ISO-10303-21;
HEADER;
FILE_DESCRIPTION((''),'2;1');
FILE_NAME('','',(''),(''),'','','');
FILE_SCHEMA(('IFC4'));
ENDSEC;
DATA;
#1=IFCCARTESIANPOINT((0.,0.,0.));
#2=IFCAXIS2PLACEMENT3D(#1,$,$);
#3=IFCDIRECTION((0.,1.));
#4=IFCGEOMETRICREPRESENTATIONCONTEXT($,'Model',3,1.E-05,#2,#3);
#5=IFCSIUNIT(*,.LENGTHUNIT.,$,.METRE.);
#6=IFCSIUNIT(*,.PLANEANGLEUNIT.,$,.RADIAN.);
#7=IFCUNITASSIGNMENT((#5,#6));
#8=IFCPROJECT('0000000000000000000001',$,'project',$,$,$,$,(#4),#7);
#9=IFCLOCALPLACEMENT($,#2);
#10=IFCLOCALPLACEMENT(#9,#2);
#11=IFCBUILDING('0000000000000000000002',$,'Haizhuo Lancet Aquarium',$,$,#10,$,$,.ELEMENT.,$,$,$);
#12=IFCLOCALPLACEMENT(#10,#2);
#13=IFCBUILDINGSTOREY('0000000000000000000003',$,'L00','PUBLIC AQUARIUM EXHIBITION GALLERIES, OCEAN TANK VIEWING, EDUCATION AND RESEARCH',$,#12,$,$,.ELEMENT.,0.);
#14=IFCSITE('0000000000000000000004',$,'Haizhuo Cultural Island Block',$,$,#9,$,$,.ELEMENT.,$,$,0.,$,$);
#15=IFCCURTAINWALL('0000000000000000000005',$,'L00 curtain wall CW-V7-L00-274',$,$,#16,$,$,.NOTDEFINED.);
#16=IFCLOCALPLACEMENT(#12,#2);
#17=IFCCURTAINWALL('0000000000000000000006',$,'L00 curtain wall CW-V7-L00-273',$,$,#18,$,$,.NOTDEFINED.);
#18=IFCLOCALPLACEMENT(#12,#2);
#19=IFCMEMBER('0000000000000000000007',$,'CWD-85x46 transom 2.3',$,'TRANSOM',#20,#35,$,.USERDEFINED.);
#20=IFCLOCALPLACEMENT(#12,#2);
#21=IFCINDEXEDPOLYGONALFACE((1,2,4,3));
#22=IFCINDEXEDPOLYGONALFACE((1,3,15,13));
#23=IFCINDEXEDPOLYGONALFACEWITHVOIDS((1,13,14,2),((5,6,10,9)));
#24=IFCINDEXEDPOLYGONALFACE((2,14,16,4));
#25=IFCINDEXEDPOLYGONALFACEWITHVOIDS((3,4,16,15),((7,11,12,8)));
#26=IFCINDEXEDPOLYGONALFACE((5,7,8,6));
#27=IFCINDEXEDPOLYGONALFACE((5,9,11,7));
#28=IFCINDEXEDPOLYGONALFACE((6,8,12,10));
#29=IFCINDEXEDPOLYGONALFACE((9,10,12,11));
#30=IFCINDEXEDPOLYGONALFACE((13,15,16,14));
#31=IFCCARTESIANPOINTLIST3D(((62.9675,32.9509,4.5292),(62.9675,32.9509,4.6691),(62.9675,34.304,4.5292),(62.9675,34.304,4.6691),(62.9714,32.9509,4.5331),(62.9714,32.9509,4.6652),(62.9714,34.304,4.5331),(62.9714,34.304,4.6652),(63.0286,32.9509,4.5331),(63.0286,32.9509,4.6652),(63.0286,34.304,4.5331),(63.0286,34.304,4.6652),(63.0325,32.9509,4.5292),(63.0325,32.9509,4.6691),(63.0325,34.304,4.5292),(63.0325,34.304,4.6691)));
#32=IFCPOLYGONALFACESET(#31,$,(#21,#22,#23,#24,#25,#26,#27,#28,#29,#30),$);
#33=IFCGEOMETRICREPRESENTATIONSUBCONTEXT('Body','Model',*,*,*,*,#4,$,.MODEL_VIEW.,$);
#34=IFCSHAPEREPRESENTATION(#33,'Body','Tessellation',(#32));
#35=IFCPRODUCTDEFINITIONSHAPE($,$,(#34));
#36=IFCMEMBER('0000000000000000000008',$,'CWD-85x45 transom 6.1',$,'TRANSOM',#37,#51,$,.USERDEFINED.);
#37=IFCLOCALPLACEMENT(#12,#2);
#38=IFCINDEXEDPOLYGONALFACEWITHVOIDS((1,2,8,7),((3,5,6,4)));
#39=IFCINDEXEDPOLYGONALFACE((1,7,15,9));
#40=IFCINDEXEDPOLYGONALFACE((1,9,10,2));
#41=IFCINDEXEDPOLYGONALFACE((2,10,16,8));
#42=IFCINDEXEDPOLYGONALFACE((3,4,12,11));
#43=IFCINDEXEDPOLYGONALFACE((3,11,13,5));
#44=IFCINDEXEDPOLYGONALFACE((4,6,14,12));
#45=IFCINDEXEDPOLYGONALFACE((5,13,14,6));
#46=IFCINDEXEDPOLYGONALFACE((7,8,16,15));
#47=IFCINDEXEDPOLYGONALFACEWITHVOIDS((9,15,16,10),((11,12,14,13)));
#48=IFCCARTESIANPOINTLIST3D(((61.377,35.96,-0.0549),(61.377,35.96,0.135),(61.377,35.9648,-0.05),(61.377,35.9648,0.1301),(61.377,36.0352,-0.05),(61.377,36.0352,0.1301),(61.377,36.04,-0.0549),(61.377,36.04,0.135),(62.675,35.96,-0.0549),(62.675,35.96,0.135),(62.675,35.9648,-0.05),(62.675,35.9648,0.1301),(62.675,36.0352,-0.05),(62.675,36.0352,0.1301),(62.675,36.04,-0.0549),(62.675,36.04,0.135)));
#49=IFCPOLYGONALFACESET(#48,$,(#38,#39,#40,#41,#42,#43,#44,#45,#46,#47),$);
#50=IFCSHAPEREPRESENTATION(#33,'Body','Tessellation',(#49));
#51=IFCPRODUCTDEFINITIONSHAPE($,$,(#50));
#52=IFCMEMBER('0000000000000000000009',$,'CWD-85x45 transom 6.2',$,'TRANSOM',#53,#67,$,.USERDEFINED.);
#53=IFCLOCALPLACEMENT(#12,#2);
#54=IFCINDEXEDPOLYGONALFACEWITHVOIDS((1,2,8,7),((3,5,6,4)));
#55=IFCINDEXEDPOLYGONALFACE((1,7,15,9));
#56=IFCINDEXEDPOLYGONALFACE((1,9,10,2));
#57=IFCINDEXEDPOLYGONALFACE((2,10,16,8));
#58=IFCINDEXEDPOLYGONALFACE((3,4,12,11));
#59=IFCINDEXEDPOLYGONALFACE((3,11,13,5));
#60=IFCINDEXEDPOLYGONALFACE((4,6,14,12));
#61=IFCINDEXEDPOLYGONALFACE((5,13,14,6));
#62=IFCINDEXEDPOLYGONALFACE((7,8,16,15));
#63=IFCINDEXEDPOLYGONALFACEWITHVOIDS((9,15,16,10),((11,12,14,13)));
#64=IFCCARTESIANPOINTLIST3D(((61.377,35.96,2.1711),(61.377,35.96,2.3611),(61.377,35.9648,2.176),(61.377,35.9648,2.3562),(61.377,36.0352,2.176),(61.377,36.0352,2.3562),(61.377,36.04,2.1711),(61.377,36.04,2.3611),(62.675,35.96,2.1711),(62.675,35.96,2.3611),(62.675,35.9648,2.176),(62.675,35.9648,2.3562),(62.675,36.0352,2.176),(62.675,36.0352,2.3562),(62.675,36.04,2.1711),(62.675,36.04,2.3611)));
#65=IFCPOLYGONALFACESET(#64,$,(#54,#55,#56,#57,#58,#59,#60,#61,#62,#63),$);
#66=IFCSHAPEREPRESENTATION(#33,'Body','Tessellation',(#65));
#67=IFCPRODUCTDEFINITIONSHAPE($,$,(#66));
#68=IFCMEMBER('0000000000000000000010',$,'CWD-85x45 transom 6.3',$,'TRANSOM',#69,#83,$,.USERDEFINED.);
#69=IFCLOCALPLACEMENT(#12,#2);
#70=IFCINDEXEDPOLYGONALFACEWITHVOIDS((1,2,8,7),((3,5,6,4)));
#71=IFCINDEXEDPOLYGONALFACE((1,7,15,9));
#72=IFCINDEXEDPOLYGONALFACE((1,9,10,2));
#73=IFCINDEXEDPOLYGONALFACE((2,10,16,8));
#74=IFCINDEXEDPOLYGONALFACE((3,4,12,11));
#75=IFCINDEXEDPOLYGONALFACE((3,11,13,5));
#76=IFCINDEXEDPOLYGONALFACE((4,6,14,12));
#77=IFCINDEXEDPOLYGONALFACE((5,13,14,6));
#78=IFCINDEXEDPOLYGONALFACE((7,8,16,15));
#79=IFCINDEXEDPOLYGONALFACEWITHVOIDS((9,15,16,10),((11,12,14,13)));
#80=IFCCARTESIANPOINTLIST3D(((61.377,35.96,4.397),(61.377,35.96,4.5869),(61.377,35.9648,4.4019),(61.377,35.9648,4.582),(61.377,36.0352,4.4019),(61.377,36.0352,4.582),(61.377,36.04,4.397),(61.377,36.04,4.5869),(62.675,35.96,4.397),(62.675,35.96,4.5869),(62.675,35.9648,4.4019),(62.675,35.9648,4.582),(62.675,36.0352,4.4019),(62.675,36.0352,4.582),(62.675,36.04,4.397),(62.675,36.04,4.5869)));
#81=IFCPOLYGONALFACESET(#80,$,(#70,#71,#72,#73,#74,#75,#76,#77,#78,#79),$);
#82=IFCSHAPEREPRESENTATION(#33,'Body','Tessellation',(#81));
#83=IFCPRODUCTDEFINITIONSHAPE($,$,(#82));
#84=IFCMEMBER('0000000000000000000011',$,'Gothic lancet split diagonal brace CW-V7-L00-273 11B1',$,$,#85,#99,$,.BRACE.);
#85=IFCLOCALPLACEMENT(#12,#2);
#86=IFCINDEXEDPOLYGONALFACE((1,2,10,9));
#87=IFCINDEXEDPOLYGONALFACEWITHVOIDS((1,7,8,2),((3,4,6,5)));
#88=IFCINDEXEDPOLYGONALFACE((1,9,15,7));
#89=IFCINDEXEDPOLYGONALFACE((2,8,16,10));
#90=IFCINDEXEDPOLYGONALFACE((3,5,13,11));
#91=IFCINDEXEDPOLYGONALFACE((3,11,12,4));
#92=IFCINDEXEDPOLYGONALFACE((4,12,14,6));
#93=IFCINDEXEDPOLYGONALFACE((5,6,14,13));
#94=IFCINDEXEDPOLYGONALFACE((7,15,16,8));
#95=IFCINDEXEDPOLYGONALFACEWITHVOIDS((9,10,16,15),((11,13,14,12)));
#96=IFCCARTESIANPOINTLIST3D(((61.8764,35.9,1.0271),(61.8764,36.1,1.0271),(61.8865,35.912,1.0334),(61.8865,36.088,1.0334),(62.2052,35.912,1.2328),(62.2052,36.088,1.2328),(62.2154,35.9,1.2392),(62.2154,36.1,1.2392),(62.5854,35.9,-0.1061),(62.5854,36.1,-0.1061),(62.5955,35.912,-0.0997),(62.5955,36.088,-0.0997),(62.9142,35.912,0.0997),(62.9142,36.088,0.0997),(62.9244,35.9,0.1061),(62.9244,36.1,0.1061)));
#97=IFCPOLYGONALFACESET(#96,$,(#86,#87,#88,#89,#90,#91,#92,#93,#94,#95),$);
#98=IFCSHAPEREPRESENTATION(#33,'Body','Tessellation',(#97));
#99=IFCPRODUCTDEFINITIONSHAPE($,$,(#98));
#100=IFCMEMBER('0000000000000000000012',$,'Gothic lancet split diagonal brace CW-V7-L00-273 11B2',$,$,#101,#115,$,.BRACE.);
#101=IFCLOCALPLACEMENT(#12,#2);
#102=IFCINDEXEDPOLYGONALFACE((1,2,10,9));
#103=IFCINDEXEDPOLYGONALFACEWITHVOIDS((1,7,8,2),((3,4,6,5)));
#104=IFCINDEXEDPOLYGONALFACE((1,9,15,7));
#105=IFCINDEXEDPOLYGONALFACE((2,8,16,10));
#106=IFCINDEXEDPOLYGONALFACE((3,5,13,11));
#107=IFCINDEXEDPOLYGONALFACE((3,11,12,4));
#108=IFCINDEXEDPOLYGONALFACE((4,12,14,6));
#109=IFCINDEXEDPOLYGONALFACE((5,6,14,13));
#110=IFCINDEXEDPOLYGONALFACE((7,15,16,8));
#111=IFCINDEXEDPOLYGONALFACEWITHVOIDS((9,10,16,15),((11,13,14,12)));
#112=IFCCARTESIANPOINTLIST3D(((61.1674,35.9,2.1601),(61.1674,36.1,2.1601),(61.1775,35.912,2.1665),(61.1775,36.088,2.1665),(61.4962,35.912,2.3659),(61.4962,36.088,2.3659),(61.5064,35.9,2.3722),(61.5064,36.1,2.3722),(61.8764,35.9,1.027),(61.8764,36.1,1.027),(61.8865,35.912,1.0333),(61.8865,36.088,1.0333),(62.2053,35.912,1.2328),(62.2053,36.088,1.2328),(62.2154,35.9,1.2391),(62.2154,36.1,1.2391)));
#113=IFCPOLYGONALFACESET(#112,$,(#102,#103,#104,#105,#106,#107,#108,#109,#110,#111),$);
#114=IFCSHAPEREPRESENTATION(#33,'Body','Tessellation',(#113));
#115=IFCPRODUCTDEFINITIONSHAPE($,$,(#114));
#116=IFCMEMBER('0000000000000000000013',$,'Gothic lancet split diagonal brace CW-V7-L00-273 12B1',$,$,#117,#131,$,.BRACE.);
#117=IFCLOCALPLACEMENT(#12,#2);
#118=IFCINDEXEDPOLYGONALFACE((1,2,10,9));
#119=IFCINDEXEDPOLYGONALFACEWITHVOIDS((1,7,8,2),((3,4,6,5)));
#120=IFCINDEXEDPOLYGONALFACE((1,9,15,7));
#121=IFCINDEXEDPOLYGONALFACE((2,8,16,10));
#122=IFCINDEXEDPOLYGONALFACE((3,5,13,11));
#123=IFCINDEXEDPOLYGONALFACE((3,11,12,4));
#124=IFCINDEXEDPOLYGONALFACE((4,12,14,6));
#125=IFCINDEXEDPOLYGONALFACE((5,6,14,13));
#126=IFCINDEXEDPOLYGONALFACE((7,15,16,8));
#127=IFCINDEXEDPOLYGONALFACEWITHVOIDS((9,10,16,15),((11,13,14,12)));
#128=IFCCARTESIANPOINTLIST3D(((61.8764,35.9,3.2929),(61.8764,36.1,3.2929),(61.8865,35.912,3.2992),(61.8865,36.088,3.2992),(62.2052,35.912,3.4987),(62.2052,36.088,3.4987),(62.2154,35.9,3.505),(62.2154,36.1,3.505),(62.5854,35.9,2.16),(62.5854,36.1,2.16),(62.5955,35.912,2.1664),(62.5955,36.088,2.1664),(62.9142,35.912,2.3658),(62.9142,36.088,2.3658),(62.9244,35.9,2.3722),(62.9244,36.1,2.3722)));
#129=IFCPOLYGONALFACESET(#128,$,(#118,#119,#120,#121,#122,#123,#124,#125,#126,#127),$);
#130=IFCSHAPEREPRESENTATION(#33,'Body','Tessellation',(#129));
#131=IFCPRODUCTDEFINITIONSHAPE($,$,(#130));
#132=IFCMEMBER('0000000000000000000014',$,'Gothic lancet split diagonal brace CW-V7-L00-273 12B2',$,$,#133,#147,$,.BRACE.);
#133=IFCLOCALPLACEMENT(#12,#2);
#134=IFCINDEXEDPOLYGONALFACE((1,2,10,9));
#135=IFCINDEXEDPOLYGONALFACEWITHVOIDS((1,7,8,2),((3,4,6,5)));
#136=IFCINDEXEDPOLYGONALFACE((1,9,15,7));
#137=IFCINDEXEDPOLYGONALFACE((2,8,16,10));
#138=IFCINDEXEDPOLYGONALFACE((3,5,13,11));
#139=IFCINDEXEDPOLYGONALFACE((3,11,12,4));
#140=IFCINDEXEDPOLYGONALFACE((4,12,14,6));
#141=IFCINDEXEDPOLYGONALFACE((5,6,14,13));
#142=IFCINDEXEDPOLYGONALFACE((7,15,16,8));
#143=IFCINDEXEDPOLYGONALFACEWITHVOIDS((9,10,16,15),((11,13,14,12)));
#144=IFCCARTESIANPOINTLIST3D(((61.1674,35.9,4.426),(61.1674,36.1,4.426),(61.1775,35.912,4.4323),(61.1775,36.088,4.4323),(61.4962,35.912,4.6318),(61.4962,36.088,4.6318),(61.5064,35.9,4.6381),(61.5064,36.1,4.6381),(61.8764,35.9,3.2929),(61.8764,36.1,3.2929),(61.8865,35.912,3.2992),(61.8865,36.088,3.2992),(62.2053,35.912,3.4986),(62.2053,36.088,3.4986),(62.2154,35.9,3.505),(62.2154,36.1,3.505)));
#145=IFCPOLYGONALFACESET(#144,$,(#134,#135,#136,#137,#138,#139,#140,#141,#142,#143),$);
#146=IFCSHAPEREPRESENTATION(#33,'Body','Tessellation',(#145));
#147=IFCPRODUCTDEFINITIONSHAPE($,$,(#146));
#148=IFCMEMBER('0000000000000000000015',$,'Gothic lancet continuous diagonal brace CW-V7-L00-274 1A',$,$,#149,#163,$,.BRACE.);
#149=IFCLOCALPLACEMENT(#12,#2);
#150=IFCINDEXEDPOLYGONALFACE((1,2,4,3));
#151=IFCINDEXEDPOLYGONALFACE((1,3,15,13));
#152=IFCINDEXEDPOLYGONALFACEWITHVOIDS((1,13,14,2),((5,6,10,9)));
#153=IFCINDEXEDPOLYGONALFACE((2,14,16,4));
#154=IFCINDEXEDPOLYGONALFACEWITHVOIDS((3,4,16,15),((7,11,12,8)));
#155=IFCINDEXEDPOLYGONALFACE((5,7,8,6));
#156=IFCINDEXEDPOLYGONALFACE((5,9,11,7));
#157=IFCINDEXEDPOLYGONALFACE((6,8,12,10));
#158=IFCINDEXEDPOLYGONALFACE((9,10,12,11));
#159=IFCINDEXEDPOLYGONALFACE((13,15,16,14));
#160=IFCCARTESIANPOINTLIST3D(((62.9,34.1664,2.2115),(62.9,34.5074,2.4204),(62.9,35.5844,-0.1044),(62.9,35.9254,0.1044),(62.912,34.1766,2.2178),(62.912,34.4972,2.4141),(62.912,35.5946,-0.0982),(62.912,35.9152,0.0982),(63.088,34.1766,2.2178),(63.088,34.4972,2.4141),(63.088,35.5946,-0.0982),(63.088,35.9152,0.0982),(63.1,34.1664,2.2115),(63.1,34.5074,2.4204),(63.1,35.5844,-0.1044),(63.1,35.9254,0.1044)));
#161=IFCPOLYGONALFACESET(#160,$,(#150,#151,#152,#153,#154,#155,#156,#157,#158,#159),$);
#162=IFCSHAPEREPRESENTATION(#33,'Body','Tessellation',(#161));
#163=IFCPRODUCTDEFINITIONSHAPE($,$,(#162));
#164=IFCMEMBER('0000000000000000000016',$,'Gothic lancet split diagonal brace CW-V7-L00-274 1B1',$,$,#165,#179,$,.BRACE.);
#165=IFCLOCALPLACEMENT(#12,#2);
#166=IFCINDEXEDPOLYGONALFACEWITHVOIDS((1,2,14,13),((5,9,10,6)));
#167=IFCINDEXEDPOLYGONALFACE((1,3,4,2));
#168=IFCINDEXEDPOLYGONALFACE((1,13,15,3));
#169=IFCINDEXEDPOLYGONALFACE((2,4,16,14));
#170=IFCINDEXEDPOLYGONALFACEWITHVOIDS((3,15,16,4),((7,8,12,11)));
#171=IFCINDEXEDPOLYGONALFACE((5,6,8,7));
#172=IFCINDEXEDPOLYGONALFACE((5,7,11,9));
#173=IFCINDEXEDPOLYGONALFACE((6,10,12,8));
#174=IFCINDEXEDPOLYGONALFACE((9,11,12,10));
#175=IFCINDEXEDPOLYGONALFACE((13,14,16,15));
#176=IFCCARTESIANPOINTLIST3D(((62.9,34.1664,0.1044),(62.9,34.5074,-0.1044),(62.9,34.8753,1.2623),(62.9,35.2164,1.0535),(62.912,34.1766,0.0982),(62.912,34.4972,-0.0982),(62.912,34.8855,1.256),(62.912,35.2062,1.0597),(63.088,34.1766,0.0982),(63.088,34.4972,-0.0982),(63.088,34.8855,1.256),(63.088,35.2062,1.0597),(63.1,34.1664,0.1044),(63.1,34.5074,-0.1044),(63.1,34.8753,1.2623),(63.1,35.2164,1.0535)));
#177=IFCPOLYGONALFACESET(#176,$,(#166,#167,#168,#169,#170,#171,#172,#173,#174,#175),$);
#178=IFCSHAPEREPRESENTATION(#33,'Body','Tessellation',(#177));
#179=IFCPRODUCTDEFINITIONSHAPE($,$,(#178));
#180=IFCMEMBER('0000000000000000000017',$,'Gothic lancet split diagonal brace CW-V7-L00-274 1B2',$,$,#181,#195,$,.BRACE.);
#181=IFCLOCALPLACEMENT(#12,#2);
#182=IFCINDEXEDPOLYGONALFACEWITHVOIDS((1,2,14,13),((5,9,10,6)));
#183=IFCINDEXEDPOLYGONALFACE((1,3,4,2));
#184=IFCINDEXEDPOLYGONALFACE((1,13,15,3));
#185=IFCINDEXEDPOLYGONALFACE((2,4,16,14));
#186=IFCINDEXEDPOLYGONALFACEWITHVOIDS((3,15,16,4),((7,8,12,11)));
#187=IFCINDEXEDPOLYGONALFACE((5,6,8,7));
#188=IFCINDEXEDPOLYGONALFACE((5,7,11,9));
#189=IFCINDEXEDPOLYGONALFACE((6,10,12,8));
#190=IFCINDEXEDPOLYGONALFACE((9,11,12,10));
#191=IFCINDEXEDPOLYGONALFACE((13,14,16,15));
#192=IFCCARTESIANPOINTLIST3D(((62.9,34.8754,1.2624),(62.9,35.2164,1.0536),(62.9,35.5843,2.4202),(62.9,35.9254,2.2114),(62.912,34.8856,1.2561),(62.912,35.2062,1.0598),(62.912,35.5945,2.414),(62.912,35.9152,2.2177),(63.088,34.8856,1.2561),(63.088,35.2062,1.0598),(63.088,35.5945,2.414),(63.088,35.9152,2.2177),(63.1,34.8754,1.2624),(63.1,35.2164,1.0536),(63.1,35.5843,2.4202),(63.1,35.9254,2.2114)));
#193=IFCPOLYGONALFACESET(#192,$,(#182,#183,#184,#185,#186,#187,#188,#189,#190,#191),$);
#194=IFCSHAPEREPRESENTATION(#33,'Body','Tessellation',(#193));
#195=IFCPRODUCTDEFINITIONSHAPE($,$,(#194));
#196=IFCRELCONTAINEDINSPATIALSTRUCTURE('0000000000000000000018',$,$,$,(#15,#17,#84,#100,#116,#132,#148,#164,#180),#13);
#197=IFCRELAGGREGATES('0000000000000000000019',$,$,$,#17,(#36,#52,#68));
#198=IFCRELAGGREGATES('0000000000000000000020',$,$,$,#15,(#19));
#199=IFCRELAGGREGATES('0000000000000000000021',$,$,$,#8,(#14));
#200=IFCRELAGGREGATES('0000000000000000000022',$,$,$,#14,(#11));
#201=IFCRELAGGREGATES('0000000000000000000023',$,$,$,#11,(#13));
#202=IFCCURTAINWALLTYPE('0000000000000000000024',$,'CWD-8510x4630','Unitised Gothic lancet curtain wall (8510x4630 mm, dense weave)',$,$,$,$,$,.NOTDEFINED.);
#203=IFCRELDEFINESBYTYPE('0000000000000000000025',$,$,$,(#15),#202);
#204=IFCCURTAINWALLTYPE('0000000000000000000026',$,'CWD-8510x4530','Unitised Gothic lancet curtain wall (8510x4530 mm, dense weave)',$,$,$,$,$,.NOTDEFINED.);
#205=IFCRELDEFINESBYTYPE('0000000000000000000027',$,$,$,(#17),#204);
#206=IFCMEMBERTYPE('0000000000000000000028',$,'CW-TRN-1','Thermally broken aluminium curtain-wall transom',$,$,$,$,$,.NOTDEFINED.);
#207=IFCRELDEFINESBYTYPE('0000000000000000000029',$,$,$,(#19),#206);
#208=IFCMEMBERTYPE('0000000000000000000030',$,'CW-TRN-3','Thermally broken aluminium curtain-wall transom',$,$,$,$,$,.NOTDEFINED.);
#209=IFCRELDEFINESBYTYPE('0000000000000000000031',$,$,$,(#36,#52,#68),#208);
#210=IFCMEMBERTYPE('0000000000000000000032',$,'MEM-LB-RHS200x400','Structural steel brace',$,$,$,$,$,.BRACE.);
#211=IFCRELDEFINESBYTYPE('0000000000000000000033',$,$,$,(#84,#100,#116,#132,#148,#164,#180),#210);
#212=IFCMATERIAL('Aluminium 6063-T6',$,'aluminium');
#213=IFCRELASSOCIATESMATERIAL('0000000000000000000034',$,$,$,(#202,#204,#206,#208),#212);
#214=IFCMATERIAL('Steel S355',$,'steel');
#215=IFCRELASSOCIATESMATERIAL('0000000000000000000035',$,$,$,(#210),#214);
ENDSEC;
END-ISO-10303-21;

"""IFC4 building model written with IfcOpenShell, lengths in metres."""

from ifc_helpers import new_model, si_unit, direction, frame, origin, origin_2d, place, context, subcontext, project, spatial, hollow_rectangle, extrude, material, material_profile, profile_set, type_object, element, aggregate, save


model = new_model("IFC4")

# Units and contexts
model_context = context("Model", 3, precision=1e-05, world=origin(), true_north=direction((0.0, 1.0)))
body_context = subcontext(model_context, "Body", "Model", "MODEL_VIEW")
ifc_project = project(units=[si_unit("LENGTHUNIT", "METRE"), si_unit("PLANEANGLEUNIT", "RADIAN")], contexts=[model_context])

# Site, building, storey
site_placement = place(None, origin())
site = spatial("IfcSite", under=ifc_project, at=site_placement, Name="Haizhuo Cultural Island Block", CompositionType="ELEMENT", RefElevation=0.0)
building_placement = place(site_placement, origin())
building = spatial("IfcBuilding", under=site, at=building_placement, Name="Haizhuo Lancet Aquarium", CompositionType="ELEMENT")
storey_placement = place(building_placement, origin())
storey = spatial("IfcBuildingStorey", under=building, at=storey_placement, Name="L00", Description="PUBLIC AQUARIUM EXHIBITION GALLERIES, OCEAN TANK VIEWING, EDUCATION AND RESEARCH", CompositionType="ELEMENT", Elevation=0.0)

# Shared definitions
ifc_material_1 = material(Name="Steel S355", Category="steel")

# Curtain wall
ifc_material_2 = material(Name="Aluminium 6063-T6", Category="aluminium")
curtain_wall_type_1 = type_object("IfcCurtainWallType", Name="CWD-8510x4630", Description="Unitised Gothic lancet curtain wall (8510x4630 mm, dense weave)", PredefinedType="NOTDEFINED", material=ifc_material_2)
curtain_wall_1_placement = place(storey_placement, origin())
curtain_wall_1 = element("IfcCurtainWall", 1, at=curtain_wall_1_placement, inside=storey, type_object=curtain_wall_type_1, Name="L00 curtain wall CW-V7-L00-274", PredefinedType="NOTDEFINED")

# Curtain wall
curtain_wall_type_2 = type_object("IfcCurtainWallType", Name="CWD-8510x4530", Description="Unitised Gothic lancet curtain wall (8510x4530 mm, dense weave)", PredefinedType="NOTDEFINED", material=ifc_material_2)
curtain_wall_2_placement = place(storey_placement, origin())
curtain_wall_2 = element("IfcCurtainWall", 2, at=curtain_wall_2_placement, inside=storey, type_object=curtain_wall_type_2, Name="L00 curtain wall CW-V7-L00-273", PredefinedType="NOTDEFINED")

# Members
ifc_material_profile_1 = material_profile(ifc_material_2, hollow_rectangle(XDim=0.0649, YDim=0.1399, WallThickness=0.0039, at=origin_2d()), Name="ALU-T 65x140x4")
ifc_profile_set_1 = profile_set([ifc_material_profile_1], Name="Aluminium 6063-T6")
member_type_1 = type_object("IfcMemberType", Name="CW-TRN-1", Description="Thermally broken aluminium curtain-wall transom", PredefinedType="NOTDEFINED", material=ifc_profile_set_1)
member_1_placement = place(storey_placement, frame((63.0, 34.304, 4.5991), z_axis=(0.0, -1.0, 0.0), x_axis=(1.0, 0.0, 0.0)))
member_1 = element("IfcMember", 3, at=member_1_placement, type_object=member_type_1, Name="CWD-85x46 transom 2.3", ObjectType="TRANSOM", PredefinedType="USERDEFINED", context=body_context, shape_type="SweptSolid", body=[
    extrude(hollow_rectangle(XDim=0.0649, YDim=0.1399, WallThickness=0.0039, at=origin_2d()), origin(), (0.0, 0.0, 1.0), 1.353),
])
ifc_material_profile_2 = material_profile(ifc_material_2, hollow_rectangle(XDim=0.0801, YDim=0.1899, WallThickness=0.0049, at=origin_2d()), Name="ALU-T 80x190x5")
ifc_profile_set_2 = profile_set([ifc_material_profile_2], Name="Aluminium 6063-T6")
member_type_2 = type_object("IfcMemberType", Name="CW-TRN-3", Description="Thermally broken aluminium curtain-wall transom", PredefinedType="NOTDEFINED", material=ifc_profile_set_2)
member_2_placement = place(storey_placement, frame((61.377, 36.0, 0.04), z_axis=(1.0, 0.0, 0.0), x_axis=(0.0, 1.0, 0.0)))
member_2 = element("IfcMember", 4, at=member_2_placement, type_object=member_type_2, Name="CWD-85x45 transom 6.1", ObjectType="TRANSOM", PredefinedType="USERDEFINED", context=body_context, shape_type="SweptSolid", body=[
    extrude(hollow_rectangle(XDim=0.0801, YDim=0.1899, WallThickness=0.0049, at=origin_2d()), origin(), (0.0, 0.0, 1.0), 1.2981),
])
member_3_placement = place(storey_placement, frame((61.377, 36.0, 2.2661), z_axis=(1.0, 0.0, 0.0), x_axis=(0.0, 1.0, 0.0)))
member_3 = element("IfcMember", 5, at=member_3_placement, type_object=member_type_2, Name="CWD-85x45 transom 6.2", ObjectType="TRANSOM", PredefinedType="USERDEFINED", context=body_context, shape_type="SweptSolid", body=[
    extrude(hollow_rectangle(XDim=0.0801, YDim=0.1899, WallThickness=0.0049, at=origin_2d()), origin(), (0.0, 0.0, 1.0), 1.2981),
])
member_4_placement = place(storey_placement, frame((61.377, 36.0, 4.4919), z_axis=(1.0, 0.0, 0.0), x_axis=(0.0, 1.0, 0.0)))
member_4 = element("IfcMember", 6, at=member_4_placement, type_object=member_type_2, Name="CWD-85x45 transom 6.3", ObjectType="TRANSOM", PredefinedType="USERDEFINED", context=body_context, shape_type="SweptSolid", body=[
    extrude(hollow_rectangle(XDim=0.0801, YDim=0.1899, WallThickness=0.0049, at=origin_2d()), origin(), (0.0, 0.0, 1.0), 1.2981),
])

# Members
ifc_material_profile_3 = material_profile(ifc_material_1, hollow_rectangle(XDim=0.2, YDim=0.3999, WallThickness=0.012, at=origin_2d()), Name="RHS 200x400x12")
ifc_profile_set_3 = profile_set([ifc_material_profile_3], Name="Steel S355")
member_type_3 = type_object("IfcMemberType", Name="MEM-LB-RHS200x400", Description="Structural steel brace", PredefinedType="BRACE", material=ifc_profile_set_3)
for number, where, z_axis, x_axis, name in (
    (7, (62.7549, 36.0, 0.0), (-0.530442, 0.0, 0.847721), (0.0, -1.0, 0.0), "Gothic lancet split diagonal brace CW-V7-L00-273 11B1"),
    (8, (62.0459, 36.0, 1.1331), (-0.530442, 0.0, 0.847721), (0.0, -1.0, 0.0), "Gothic lancet split diagonal brace CW-V7-L00-273 11B2"),
):
    element("IfcMember", number, at=place(storey_placement, frame(where, z_axis=z_axis, x_axis=x_axis)), inside=storey, type_object=member_type_3, Name=name, PredefinedType="BRACE", context=body_context, shape_type="SweptSolid", body=[
        extrude(hollow_rectangle(XDim=0.2, YDim=0.3999, WallThickness=0.012, at=origin_2d()), origin(), (0.0, 0.0, 1.0), 1.3367),
    ])
member_5_placement = place(storey_placement, frame((62.7549, 36.0, 2.2661), z_axis=(-0.530524, 0.0, 0.84767), x_axis=(0.0, -1.0, 0.0)))
element("IfcMember", 9, at=member_5_placement, inside=storey, type_object=member_type_3, Name="Gothic lancet split diagonal brace CW-V7-L00-273 12B1", PredefinedType="BRACE", context=body_context, shape_type="SweptSolid", body=[
    extrude(hollow_rectangle(XDim=0.2, YDim=0.3999, WallThickness=0.012, at=origin_2d()), origin(), (0.0, 0.0, 1.0), 1.3364),
])
member_6_placement = place(storey_placement, frame((62.0459, 36.0, 3.3989), z_axis=(-0.530442, 0.0, 0.847721), x_axis=(0.0, -1.0, 0.0)))
element("IfcMember", 10, at=member_6_placement, inside=storey, type_object=member_type_3, Name="Gothic lancet split diagonal brace CW-V7-L00-273 12B2", PredefinedType="BRACE", context=body_context, shape_type="SweptSolid", body=[
    extrude(hollow_rectangle(XDim=0.2, YDim=0.3999, WallThickness=0.012, at=origin_2d()), origin(), (0.0, 0.0, 1.0), 1.3367),
])
member_7_placement = place(storey_placement, frame((63.0, 35.7549, 0.0), z_axis=(0.0, -0.52217, 0.852841), x_axis=(1.0, 0.0, 0.0)))
element("IfcMember", 11, at=member_7_placement, inside=storey, type_object=member_type_3, Name="Gothic lancet continuous diagonal brace CW-V7-L00-274 1A", PredefinedType="BRACE", context=body_context, shape_type="SweptSolid", body=[
    extrude(hollow_rectangle(XDim=0.2, YDim=0.3999, WallThickness=0.012, at=origin_2d()), origin(), (0.0, 0.0, 1.0), 2.7156),
])
for number, where, z_axis, x_axis, name in (
    (12, (63.0, 34.3369, 0.0), (0.0, 0.52217, 0.852841), (-1.0, 0.0, 0.0), "Gothic lancet split diagonal brace CW-V7-L00-274 1B1"),
    (13, (63.0, 35.0459, 1.158), (0.0, 0.52217, 0.852841), (-1.0, 0.0, 0.0), "Gothic lancet split diagonal brace CW-V7-L00-274 1B2"),
):
    element("IfcMember", number, at=place(storey_placement, frame(where, z_axis=z_axis, x_axis=x_axis)), inside=storey, type_object=member_type_3, Name=name, PredefinedType="BRACE", context=body_context, shape_type="SweptSolid", body=[
        extrude(hollow_rectangle(XDim=0.2, YDim=0.3999, WallThickness=0.012, at=origin_2d()), origin(), (0.0, 0.0, 1.0), 1.3577),
    ])

aggregate(curtain_wall_2, [member_2, member_3, member_4])
aggregate(curtain_wall_1, [member_1])

save(model, "model.ifc")
